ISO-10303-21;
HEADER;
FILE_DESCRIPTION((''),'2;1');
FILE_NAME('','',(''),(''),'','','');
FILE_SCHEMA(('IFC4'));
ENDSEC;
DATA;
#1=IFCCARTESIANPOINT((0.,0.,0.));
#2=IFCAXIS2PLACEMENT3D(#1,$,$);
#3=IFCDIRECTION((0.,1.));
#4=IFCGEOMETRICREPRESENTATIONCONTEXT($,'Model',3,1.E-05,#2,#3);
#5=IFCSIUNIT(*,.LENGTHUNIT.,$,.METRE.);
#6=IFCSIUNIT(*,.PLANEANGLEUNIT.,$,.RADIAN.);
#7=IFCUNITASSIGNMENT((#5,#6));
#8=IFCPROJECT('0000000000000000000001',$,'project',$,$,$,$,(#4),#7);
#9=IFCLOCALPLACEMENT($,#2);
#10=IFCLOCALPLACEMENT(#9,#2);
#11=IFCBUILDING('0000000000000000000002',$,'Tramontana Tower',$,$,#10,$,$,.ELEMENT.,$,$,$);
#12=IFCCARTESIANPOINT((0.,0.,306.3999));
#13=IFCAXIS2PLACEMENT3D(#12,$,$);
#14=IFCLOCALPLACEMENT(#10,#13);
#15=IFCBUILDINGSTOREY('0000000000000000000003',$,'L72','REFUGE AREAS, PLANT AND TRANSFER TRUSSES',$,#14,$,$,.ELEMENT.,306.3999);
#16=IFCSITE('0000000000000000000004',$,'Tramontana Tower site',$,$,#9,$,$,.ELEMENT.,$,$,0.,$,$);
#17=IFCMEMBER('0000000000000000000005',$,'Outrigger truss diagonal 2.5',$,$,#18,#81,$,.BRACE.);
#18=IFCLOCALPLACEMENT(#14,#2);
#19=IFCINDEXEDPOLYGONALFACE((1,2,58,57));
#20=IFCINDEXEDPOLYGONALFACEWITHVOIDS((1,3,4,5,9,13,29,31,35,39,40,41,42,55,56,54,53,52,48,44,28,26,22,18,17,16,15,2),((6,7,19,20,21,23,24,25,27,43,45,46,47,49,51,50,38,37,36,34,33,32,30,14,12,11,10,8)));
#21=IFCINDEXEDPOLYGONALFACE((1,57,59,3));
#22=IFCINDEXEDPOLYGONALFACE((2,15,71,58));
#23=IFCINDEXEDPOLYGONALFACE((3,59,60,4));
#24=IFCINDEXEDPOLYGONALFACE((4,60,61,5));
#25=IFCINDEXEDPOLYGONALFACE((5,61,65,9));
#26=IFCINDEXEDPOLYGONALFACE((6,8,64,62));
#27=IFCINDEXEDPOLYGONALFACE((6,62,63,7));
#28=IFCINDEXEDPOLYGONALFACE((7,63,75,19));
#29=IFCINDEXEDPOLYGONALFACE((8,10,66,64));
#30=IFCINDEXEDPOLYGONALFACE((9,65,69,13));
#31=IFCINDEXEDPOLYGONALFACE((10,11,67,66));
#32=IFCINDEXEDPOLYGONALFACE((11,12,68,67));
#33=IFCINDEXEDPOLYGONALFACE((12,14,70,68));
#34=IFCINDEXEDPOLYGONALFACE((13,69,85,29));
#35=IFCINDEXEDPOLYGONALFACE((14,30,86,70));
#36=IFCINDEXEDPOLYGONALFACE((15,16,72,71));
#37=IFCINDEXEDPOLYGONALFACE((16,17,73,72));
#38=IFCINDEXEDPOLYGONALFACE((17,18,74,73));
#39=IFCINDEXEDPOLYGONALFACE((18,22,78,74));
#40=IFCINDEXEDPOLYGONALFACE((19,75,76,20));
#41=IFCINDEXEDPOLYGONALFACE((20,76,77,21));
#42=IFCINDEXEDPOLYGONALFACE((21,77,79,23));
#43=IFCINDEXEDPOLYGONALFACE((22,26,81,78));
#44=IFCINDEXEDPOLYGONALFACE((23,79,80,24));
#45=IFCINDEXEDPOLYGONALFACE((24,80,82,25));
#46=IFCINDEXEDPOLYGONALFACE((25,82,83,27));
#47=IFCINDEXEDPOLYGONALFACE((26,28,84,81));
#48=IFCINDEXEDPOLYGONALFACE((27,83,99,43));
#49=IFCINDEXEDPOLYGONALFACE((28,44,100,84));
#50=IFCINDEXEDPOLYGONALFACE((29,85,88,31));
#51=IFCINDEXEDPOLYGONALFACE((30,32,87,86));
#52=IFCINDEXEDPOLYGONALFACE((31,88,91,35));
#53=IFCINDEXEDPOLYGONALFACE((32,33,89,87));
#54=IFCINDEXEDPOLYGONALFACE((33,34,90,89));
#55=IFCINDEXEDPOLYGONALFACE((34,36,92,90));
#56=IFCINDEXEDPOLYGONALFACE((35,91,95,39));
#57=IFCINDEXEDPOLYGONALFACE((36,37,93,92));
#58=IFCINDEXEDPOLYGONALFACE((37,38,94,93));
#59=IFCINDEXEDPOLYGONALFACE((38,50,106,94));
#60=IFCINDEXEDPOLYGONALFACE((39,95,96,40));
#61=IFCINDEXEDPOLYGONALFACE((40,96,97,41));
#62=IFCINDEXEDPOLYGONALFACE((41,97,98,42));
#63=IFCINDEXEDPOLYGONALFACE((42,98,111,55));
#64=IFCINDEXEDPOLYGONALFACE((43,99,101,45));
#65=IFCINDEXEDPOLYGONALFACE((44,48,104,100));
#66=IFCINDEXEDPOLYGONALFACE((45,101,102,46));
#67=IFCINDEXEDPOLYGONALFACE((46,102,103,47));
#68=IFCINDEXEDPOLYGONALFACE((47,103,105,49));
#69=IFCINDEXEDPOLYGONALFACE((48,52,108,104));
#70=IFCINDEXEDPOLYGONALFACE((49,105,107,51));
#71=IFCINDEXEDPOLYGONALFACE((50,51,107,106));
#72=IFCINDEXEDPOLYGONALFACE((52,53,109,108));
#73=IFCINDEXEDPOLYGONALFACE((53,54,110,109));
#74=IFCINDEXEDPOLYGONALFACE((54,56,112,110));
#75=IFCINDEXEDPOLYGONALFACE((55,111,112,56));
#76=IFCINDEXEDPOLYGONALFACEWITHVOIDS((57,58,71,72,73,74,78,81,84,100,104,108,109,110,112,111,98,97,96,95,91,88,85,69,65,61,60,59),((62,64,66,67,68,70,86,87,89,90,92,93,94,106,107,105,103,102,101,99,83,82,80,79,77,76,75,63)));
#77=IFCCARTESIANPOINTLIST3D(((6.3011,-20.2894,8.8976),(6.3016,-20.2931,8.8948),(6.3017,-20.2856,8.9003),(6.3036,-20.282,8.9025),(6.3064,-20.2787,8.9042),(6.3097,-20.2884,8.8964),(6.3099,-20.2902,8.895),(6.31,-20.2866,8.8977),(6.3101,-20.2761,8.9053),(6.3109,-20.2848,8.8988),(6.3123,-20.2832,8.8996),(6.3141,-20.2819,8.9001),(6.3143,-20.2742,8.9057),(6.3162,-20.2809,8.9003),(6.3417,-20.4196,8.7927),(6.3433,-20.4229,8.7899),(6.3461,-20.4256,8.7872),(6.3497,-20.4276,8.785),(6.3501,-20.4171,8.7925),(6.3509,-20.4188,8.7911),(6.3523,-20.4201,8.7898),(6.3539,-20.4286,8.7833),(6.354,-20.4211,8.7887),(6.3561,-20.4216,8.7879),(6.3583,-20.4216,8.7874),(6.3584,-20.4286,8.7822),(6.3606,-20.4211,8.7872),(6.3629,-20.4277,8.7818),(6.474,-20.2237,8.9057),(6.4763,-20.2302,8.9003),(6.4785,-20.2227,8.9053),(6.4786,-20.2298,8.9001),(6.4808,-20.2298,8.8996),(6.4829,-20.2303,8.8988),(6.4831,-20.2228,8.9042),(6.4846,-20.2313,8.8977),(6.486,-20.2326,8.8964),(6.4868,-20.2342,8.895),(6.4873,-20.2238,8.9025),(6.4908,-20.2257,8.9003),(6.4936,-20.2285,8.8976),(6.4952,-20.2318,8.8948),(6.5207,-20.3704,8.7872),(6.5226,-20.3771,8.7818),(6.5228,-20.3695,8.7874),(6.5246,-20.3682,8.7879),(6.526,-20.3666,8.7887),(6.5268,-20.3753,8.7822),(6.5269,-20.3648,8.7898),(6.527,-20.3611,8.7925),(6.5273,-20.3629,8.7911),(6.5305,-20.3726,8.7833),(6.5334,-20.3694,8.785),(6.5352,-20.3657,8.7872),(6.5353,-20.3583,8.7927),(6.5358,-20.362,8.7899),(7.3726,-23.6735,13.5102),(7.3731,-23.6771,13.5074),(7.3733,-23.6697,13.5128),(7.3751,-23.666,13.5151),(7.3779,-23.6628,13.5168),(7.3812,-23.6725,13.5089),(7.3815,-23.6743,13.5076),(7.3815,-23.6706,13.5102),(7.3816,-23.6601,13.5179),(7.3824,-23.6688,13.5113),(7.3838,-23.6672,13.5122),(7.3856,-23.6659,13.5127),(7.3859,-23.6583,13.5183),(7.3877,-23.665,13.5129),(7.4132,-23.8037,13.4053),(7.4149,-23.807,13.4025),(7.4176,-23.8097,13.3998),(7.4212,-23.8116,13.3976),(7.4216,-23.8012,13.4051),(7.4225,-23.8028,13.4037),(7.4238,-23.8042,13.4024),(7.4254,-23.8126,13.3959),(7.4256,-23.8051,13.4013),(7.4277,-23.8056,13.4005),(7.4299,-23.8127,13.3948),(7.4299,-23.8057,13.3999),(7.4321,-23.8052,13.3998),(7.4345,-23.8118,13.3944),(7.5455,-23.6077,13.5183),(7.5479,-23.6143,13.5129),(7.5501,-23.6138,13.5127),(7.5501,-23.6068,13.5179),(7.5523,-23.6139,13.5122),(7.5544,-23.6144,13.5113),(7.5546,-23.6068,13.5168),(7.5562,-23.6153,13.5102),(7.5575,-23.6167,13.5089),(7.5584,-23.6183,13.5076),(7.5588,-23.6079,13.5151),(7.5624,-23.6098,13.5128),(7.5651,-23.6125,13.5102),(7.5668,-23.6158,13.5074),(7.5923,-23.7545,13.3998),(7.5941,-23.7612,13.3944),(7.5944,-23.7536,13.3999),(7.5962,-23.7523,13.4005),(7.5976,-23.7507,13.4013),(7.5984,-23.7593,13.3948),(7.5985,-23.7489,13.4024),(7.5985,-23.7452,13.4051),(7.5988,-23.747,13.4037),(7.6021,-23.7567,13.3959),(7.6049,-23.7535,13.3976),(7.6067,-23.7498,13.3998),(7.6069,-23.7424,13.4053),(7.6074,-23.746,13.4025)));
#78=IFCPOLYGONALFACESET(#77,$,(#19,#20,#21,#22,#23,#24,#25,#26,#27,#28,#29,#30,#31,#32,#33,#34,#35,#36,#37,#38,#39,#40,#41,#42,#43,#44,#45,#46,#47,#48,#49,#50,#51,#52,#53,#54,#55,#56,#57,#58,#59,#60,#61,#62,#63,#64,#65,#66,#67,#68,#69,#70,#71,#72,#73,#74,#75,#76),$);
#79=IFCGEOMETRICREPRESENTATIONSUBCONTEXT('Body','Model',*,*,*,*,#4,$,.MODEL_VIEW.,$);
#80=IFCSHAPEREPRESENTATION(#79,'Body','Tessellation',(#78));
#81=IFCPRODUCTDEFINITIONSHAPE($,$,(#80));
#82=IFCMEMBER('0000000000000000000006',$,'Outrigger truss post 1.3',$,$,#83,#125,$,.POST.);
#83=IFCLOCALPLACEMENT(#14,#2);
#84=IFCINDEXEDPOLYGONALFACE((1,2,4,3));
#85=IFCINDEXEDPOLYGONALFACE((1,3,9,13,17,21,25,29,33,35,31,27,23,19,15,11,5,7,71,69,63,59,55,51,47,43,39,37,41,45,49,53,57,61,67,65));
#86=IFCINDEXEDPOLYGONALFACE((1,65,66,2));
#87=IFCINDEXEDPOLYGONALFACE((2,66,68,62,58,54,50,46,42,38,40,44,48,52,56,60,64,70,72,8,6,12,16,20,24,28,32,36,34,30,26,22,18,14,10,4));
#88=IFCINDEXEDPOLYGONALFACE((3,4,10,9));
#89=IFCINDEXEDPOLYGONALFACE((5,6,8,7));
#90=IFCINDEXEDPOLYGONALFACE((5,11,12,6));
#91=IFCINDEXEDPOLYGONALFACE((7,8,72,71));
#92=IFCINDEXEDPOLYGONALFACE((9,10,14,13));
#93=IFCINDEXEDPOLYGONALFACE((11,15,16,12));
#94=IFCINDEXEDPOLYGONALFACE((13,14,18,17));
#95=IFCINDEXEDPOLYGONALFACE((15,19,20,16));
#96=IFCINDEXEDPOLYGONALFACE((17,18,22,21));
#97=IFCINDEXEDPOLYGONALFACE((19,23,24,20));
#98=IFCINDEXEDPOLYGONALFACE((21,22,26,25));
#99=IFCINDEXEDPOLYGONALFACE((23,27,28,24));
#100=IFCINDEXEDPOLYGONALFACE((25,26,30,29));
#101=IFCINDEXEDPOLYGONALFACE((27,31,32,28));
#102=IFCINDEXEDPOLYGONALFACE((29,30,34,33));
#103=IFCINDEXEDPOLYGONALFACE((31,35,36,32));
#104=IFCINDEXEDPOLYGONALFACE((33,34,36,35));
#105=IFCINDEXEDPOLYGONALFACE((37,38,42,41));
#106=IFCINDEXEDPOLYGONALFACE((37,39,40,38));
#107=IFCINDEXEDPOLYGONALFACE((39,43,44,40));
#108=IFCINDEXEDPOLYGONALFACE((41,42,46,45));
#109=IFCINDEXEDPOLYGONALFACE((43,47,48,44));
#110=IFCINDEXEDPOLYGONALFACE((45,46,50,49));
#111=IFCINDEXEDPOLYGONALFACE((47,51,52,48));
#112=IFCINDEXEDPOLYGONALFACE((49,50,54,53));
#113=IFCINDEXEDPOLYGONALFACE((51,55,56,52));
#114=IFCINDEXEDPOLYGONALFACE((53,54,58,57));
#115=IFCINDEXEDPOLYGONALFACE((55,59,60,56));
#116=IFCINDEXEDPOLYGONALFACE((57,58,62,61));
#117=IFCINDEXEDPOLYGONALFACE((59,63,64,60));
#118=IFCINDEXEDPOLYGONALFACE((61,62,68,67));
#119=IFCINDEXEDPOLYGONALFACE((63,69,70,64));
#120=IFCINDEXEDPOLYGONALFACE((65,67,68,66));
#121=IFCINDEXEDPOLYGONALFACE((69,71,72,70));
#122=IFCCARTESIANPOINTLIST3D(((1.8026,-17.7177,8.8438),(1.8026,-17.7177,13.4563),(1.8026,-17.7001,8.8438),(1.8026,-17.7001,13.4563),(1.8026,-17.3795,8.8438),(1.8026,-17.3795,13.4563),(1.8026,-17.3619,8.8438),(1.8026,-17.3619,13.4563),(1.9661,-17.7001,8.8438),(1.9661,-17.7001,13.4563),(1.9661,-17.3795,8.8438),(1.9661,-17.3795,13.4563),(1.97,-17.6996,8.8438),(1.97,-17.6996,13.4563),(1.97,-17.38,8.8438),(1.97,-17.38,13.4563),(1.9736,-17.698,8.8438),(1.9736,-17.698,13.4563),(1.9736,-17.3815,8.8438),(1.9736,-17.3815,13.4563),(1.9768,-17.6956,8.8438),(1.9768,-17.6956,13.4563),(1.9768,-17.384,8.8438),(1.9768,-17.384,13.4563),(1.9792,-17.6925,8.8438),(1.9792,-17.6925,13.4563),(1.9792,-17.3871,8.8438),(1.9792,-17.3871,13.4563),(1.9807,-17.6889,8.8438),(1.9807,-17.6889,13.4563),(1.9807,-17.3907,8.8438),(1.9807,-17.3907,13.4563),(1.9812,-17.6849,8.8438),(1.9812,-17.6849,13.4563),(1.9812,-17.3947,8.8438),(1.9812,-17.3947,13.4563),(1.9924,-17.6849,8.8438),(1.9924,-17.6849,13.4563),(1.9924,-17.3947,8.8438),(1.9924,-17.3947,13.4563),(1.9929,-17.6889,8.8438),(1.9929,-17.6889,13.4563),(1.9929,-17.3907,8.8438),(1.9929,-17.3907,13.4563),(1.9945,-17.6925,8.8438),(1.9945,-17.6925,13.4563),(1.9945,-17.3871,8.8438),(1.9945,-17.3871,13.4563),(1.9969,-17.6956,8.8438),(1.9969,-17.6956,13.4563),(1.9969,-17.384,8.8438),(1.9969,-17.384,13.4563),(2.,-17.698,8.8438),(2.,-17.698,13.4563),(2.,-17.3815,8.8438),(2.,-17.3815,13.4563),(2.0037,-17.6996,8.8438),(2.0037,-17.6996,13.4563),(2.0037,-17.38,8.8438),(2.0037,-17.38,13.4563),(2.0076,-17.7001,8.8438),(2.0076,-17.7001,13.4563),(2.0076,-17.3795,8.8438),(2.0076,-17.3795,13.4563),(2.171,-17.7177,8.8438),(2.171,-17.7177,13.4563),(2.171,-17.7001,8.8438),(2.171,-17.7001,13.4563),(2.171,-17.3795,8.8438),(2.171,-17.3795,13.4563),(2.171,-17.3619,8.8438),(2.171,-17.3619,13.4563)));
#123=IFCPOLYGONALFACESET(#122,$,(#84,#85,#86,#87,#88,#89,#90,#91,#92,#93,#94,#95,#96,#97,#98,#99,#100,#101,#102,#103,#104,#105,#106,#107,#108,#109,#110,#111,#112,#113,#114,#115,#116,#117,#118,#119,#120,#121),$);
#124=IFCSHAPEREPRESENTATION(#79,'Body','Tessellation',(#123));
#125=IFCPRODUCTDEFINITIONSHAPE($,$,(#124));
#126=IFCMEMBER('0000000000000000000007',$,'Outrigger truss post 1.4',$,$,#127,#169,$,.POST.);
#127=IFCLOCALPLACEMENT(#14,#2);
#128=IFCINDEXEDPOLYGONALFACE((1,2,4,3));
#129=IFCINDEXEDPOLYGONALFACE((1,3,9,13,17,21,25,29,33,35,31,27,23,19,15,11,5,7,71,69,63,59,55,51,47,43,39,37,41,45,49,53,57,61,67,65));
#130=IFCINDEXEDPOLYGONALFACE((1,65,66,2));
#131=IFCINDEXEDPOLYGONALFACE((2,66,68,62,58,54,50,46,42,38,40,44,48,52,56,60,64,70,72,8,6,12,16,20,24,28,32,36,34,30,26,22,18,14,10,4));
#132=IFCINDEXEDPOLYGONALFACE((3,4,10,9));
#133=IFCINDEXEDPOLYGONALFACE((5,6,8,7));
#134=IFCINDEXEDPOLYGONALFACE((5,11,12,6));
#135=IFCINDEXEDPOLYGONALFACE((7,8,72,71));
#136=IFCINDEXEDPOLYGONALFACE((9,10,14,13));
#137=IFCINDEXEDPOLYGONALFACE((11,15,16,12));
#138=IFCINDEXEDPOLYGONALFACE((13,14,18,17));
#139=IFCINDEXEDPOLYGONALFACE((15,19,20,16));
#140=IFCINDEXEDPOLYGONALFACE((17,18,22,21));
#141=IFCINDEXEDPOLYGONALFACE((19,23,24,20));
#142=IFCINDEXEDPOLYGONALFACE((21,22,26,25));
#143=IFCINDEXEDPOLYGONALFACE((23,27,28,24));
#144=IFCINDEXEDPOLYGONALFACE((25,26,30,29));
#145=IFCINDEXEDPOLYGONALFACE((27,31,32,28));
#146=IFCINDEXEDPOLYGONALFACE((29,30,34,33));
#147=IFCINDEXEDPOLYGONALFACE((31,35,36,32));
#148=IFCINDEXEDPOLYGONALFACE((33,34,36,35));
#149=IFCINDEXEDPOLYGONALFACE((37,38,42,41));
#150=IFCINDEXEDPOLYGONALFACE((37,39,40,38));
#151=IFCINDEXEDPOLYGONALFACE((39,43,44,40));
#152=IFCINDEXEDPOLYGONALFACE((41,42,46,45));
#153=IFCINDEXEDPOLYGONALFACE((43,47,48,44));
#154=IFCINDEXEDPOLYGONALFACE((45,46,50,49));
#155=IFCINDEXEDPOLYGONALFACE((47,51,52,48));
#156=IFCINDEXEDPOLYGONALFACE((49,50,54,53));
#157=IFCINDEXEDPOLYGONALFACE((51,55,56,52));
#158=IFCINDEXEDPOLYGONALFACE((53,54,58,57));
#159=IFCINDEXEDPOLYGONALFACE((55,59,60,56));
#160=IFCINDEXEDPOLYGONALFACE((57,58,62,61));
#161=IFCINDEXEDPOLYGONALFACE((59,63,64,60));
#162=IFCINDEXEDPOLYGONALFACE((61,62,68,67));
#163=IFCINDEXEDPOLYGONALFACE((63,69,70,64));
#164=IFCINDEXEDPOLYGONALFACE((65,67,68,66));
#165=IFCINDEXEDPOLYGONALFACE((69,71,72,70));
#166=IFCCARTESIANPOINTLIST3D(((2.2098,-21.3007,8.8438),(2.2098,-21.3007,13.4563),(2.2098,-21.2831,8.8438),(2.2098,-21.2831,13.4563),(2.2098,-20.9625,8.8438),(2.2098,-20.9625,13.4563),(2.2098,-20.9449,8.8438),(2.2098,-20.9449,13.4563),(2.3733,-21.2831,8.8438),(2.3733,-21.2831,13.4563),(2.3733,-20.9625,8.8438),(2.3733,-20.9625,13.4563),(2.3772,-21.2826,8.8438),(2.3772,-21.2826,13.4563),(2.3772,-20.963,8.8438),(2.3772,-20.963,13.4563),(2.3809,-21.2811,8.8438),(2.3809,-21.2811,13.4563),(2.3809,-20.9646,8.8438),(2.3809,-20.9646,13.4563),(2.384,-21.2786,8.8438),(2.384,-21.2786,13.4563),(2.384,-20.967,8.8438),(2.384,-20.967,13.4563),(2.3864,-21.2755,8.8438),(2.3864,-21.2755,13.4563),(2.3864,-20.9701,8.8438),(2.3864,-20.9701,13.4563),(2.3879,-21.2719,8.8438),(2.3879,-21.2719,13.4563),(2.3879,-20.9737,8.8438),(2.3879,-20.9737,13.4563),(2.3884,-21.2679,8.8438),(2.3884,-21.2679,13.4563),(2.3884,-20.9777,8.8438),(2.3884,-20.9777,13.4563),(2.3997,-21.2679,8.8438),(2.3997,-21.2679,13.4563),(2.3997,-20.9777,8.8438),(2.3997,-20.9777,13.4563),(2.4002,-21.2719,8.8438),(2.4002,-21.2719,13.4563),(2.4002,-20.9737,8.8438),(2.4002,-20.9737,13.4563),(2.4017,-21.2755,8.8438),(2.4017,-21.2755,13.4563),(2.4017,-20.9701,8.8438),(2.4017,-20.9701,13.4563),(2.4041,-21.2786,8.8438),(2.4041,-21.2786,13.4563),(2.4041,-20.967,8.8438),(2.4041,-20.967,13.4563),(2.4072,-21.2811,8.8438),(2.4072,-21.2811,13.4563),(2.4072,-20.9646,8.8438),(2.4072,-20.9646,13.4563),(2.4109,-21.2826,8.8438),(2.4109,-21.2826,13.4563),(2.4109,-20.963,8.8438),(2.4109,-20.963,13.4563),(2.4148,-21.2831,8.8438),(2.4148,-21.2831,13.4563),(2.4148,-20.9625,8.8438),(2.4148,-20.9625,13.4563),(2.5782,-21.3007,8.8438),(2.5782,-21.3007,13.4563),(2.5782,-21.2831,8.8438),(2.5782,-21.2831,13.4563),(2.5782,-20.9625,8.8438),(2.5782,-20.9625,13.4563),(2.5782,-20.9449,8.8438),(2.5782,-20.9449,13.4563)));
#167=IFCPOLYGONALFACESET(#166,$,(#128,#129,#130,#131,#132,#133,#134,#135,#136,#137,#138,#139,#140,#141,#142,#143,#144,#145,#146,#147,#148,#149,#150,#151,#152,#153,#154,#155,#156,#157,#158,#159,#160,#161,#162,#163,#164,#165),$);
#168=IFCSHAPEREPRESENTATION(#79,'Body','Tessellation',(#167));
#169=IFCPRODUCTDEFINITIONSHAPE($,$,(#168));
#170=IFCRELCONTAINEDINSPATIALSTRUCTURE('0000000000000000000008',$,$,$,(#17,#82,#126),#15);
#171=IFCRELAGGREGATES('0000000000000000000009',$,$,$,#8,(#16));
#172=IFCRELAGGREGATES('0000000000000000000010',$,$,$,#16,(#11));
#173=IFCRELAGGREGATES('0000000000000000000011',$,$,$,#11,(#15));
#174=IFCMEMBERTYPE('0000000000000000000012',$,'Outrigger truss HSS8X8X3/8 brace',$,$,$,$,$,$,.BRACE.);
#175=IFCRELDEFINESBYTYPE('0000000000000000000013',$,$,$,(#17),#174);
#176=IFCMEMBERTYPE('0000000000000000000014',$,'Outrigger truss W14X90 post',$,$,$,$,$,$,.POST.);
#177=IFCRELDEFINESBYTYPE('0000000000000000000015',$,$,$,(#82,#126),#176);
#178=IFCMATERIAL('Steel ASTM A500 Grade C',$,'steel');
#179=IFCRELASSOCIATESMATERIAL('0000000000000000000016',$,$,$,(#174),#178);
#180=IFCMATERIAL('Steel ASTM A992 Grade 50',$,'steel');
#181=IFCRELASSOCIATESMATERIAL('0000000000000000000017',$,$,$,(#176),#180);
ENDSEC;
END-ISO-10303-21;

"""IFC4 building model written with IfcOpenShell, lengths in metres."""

from ifc_helpers import new_model, si_unit, direction, frame, origin, origin_2d, place, context, subcontext, project, spatial, hollow_rectangle, i_section, extrude, material, material_profile, profile_set, type_object, element, save


model = new_model("IFC4")

# Units and contexts
model_context = context("Model", 3, precision=1e-05, world=origin(), true_north=direction((0.0, 1.0)))
body_context = subcontext(model_context, "Body", "Model", "MODEL_VIEW")
ifc_project = project(units=[si_unit("LENGTHUNIT", "METRE"), si_unit("PLANEANGLEUNIT", "RADIAN")], contexts=[model_context])

# Site, building, storey
site_placement = place(None, origin())
site = spatial("IfcSite", under=ifc_project, at=site_placement, Name="Tramontana Tower site", CompositionType="ELEMENT", RefElevation=0.0)
building_placement = place(site_placement, origin())
building = spatial("IfcBuilding", under=site, at=building_placement, Name="Tramontana Tower", CompositionType="ELEMENT")
storey_placement = place(building_placement, frame((0.0, 0.0, 306.3999)))
storey = spatial("IfcBuildingStorey", under=building, at=storey_placement, Name="L72", Description="REFUGE AREAS, PLANT AND TRANSFER TRUSSES", CompositionType="ELEMENT", Elevation=306.3999)

# Members
ifc_material_1 = material(Name="Steel ASTM A500 Grade C", Category="steel")
ifc_material_profile_1 = material_profile(ifc_material_1, hollow_rectangle(XDim=0.2031, YDim=0.2031, WallThickness=0.0088, InnerFilletRadius=0.0088, OuterFilletRadius=0.0178, at=origin_2d()), Name="HSS8X8X3/8")
ifc_profile_set_1 = profile_set([ifc_material_profile_1], Name="Steel ASTM A500 Grade C")
member_type_1 = type_object("IfcMemberType", Name="Outrigger truss HSS8X8X3/8 brace", PredefinedType="BRACE", material=ifc_profile_set_1)
member_1_placement = place(storey_placement, frame((6.4185, -20.3257, 8.8438), z_axis=(0.184104, -0.581423, 0.792498), x_axis=(0.953348, 0.301872, 0.0)))
element("IfcMember", 1, at=member_1_placement, inside=storey, type_object=member_type_1, Name="Outrigger truss diagonal 2.5", PredefinedType="BRACE", context=body_context, shape_type="SweptSolid", body=[
    extrude(hollow_rectangle(XDim=0.2031, YDim=0.2031, WallThickness=0.0088, InnerFilletRadius=0.0088, OuterFilletRadius=0.0178, at=origin_2d()), origin(), (0.0, 0.0, 1.0), 5.8203),
])
ifc_material_2 = material(Name="Steel ASTM A992 Grade 50", Category="steel")
ifc_material_profile_2 = material_profile(ifc_material_2, i_section(OverallWidth=0.3684, OverallDepth=0.3557, WebThickness=0.0112, FlangeThickness=0.0176, FilletRadius=0.0151, at=origin_2d()), Name="W14X90")
ifc_profile_set_2 = profile_set([ifc_material_profile_2], Name="Steel ASTM A992 Grade 50")
member_type_2 = type_object("IfcMemberType", Name="Outrigger truss W14X90 post", PredefinedType="POST", material=ifc_profile_set_2)
for number, where, z_axis, x_axis, name in (
    (2, (1.9868, -17.5398, 8.8438), (0.0, 0.0, 1.0), (1.0, 0.0, 0.0), "Outrigger truss post 1.3"),
    (3, (2.394, -21.1228, 8.8438), (0.0, 0.0, 1.0), (1.0, 0.0, 0.0), "Outrigger truss post 1.4"),
):
    element("IfcMember", number, at=place(storey_placement, frame(where, z_axis=z_axis, x_axis=x_axis)), inside=storey, type_object=member_type_2, Name=name, PredefinedType="POST", context=body_context, shape_type="SweptSolid", body=[
        extrude(i_section(OverallWidth=0.3684, OverallDepth=0.3557, WebThickness=0.0112, FlangeThickness=0.0176, FilletRadius=0.0151, at=origin_2d()), origin(), (0.0, 0.0, 1.0), 4.6125),
    ])

save(model, "model.ifc")
